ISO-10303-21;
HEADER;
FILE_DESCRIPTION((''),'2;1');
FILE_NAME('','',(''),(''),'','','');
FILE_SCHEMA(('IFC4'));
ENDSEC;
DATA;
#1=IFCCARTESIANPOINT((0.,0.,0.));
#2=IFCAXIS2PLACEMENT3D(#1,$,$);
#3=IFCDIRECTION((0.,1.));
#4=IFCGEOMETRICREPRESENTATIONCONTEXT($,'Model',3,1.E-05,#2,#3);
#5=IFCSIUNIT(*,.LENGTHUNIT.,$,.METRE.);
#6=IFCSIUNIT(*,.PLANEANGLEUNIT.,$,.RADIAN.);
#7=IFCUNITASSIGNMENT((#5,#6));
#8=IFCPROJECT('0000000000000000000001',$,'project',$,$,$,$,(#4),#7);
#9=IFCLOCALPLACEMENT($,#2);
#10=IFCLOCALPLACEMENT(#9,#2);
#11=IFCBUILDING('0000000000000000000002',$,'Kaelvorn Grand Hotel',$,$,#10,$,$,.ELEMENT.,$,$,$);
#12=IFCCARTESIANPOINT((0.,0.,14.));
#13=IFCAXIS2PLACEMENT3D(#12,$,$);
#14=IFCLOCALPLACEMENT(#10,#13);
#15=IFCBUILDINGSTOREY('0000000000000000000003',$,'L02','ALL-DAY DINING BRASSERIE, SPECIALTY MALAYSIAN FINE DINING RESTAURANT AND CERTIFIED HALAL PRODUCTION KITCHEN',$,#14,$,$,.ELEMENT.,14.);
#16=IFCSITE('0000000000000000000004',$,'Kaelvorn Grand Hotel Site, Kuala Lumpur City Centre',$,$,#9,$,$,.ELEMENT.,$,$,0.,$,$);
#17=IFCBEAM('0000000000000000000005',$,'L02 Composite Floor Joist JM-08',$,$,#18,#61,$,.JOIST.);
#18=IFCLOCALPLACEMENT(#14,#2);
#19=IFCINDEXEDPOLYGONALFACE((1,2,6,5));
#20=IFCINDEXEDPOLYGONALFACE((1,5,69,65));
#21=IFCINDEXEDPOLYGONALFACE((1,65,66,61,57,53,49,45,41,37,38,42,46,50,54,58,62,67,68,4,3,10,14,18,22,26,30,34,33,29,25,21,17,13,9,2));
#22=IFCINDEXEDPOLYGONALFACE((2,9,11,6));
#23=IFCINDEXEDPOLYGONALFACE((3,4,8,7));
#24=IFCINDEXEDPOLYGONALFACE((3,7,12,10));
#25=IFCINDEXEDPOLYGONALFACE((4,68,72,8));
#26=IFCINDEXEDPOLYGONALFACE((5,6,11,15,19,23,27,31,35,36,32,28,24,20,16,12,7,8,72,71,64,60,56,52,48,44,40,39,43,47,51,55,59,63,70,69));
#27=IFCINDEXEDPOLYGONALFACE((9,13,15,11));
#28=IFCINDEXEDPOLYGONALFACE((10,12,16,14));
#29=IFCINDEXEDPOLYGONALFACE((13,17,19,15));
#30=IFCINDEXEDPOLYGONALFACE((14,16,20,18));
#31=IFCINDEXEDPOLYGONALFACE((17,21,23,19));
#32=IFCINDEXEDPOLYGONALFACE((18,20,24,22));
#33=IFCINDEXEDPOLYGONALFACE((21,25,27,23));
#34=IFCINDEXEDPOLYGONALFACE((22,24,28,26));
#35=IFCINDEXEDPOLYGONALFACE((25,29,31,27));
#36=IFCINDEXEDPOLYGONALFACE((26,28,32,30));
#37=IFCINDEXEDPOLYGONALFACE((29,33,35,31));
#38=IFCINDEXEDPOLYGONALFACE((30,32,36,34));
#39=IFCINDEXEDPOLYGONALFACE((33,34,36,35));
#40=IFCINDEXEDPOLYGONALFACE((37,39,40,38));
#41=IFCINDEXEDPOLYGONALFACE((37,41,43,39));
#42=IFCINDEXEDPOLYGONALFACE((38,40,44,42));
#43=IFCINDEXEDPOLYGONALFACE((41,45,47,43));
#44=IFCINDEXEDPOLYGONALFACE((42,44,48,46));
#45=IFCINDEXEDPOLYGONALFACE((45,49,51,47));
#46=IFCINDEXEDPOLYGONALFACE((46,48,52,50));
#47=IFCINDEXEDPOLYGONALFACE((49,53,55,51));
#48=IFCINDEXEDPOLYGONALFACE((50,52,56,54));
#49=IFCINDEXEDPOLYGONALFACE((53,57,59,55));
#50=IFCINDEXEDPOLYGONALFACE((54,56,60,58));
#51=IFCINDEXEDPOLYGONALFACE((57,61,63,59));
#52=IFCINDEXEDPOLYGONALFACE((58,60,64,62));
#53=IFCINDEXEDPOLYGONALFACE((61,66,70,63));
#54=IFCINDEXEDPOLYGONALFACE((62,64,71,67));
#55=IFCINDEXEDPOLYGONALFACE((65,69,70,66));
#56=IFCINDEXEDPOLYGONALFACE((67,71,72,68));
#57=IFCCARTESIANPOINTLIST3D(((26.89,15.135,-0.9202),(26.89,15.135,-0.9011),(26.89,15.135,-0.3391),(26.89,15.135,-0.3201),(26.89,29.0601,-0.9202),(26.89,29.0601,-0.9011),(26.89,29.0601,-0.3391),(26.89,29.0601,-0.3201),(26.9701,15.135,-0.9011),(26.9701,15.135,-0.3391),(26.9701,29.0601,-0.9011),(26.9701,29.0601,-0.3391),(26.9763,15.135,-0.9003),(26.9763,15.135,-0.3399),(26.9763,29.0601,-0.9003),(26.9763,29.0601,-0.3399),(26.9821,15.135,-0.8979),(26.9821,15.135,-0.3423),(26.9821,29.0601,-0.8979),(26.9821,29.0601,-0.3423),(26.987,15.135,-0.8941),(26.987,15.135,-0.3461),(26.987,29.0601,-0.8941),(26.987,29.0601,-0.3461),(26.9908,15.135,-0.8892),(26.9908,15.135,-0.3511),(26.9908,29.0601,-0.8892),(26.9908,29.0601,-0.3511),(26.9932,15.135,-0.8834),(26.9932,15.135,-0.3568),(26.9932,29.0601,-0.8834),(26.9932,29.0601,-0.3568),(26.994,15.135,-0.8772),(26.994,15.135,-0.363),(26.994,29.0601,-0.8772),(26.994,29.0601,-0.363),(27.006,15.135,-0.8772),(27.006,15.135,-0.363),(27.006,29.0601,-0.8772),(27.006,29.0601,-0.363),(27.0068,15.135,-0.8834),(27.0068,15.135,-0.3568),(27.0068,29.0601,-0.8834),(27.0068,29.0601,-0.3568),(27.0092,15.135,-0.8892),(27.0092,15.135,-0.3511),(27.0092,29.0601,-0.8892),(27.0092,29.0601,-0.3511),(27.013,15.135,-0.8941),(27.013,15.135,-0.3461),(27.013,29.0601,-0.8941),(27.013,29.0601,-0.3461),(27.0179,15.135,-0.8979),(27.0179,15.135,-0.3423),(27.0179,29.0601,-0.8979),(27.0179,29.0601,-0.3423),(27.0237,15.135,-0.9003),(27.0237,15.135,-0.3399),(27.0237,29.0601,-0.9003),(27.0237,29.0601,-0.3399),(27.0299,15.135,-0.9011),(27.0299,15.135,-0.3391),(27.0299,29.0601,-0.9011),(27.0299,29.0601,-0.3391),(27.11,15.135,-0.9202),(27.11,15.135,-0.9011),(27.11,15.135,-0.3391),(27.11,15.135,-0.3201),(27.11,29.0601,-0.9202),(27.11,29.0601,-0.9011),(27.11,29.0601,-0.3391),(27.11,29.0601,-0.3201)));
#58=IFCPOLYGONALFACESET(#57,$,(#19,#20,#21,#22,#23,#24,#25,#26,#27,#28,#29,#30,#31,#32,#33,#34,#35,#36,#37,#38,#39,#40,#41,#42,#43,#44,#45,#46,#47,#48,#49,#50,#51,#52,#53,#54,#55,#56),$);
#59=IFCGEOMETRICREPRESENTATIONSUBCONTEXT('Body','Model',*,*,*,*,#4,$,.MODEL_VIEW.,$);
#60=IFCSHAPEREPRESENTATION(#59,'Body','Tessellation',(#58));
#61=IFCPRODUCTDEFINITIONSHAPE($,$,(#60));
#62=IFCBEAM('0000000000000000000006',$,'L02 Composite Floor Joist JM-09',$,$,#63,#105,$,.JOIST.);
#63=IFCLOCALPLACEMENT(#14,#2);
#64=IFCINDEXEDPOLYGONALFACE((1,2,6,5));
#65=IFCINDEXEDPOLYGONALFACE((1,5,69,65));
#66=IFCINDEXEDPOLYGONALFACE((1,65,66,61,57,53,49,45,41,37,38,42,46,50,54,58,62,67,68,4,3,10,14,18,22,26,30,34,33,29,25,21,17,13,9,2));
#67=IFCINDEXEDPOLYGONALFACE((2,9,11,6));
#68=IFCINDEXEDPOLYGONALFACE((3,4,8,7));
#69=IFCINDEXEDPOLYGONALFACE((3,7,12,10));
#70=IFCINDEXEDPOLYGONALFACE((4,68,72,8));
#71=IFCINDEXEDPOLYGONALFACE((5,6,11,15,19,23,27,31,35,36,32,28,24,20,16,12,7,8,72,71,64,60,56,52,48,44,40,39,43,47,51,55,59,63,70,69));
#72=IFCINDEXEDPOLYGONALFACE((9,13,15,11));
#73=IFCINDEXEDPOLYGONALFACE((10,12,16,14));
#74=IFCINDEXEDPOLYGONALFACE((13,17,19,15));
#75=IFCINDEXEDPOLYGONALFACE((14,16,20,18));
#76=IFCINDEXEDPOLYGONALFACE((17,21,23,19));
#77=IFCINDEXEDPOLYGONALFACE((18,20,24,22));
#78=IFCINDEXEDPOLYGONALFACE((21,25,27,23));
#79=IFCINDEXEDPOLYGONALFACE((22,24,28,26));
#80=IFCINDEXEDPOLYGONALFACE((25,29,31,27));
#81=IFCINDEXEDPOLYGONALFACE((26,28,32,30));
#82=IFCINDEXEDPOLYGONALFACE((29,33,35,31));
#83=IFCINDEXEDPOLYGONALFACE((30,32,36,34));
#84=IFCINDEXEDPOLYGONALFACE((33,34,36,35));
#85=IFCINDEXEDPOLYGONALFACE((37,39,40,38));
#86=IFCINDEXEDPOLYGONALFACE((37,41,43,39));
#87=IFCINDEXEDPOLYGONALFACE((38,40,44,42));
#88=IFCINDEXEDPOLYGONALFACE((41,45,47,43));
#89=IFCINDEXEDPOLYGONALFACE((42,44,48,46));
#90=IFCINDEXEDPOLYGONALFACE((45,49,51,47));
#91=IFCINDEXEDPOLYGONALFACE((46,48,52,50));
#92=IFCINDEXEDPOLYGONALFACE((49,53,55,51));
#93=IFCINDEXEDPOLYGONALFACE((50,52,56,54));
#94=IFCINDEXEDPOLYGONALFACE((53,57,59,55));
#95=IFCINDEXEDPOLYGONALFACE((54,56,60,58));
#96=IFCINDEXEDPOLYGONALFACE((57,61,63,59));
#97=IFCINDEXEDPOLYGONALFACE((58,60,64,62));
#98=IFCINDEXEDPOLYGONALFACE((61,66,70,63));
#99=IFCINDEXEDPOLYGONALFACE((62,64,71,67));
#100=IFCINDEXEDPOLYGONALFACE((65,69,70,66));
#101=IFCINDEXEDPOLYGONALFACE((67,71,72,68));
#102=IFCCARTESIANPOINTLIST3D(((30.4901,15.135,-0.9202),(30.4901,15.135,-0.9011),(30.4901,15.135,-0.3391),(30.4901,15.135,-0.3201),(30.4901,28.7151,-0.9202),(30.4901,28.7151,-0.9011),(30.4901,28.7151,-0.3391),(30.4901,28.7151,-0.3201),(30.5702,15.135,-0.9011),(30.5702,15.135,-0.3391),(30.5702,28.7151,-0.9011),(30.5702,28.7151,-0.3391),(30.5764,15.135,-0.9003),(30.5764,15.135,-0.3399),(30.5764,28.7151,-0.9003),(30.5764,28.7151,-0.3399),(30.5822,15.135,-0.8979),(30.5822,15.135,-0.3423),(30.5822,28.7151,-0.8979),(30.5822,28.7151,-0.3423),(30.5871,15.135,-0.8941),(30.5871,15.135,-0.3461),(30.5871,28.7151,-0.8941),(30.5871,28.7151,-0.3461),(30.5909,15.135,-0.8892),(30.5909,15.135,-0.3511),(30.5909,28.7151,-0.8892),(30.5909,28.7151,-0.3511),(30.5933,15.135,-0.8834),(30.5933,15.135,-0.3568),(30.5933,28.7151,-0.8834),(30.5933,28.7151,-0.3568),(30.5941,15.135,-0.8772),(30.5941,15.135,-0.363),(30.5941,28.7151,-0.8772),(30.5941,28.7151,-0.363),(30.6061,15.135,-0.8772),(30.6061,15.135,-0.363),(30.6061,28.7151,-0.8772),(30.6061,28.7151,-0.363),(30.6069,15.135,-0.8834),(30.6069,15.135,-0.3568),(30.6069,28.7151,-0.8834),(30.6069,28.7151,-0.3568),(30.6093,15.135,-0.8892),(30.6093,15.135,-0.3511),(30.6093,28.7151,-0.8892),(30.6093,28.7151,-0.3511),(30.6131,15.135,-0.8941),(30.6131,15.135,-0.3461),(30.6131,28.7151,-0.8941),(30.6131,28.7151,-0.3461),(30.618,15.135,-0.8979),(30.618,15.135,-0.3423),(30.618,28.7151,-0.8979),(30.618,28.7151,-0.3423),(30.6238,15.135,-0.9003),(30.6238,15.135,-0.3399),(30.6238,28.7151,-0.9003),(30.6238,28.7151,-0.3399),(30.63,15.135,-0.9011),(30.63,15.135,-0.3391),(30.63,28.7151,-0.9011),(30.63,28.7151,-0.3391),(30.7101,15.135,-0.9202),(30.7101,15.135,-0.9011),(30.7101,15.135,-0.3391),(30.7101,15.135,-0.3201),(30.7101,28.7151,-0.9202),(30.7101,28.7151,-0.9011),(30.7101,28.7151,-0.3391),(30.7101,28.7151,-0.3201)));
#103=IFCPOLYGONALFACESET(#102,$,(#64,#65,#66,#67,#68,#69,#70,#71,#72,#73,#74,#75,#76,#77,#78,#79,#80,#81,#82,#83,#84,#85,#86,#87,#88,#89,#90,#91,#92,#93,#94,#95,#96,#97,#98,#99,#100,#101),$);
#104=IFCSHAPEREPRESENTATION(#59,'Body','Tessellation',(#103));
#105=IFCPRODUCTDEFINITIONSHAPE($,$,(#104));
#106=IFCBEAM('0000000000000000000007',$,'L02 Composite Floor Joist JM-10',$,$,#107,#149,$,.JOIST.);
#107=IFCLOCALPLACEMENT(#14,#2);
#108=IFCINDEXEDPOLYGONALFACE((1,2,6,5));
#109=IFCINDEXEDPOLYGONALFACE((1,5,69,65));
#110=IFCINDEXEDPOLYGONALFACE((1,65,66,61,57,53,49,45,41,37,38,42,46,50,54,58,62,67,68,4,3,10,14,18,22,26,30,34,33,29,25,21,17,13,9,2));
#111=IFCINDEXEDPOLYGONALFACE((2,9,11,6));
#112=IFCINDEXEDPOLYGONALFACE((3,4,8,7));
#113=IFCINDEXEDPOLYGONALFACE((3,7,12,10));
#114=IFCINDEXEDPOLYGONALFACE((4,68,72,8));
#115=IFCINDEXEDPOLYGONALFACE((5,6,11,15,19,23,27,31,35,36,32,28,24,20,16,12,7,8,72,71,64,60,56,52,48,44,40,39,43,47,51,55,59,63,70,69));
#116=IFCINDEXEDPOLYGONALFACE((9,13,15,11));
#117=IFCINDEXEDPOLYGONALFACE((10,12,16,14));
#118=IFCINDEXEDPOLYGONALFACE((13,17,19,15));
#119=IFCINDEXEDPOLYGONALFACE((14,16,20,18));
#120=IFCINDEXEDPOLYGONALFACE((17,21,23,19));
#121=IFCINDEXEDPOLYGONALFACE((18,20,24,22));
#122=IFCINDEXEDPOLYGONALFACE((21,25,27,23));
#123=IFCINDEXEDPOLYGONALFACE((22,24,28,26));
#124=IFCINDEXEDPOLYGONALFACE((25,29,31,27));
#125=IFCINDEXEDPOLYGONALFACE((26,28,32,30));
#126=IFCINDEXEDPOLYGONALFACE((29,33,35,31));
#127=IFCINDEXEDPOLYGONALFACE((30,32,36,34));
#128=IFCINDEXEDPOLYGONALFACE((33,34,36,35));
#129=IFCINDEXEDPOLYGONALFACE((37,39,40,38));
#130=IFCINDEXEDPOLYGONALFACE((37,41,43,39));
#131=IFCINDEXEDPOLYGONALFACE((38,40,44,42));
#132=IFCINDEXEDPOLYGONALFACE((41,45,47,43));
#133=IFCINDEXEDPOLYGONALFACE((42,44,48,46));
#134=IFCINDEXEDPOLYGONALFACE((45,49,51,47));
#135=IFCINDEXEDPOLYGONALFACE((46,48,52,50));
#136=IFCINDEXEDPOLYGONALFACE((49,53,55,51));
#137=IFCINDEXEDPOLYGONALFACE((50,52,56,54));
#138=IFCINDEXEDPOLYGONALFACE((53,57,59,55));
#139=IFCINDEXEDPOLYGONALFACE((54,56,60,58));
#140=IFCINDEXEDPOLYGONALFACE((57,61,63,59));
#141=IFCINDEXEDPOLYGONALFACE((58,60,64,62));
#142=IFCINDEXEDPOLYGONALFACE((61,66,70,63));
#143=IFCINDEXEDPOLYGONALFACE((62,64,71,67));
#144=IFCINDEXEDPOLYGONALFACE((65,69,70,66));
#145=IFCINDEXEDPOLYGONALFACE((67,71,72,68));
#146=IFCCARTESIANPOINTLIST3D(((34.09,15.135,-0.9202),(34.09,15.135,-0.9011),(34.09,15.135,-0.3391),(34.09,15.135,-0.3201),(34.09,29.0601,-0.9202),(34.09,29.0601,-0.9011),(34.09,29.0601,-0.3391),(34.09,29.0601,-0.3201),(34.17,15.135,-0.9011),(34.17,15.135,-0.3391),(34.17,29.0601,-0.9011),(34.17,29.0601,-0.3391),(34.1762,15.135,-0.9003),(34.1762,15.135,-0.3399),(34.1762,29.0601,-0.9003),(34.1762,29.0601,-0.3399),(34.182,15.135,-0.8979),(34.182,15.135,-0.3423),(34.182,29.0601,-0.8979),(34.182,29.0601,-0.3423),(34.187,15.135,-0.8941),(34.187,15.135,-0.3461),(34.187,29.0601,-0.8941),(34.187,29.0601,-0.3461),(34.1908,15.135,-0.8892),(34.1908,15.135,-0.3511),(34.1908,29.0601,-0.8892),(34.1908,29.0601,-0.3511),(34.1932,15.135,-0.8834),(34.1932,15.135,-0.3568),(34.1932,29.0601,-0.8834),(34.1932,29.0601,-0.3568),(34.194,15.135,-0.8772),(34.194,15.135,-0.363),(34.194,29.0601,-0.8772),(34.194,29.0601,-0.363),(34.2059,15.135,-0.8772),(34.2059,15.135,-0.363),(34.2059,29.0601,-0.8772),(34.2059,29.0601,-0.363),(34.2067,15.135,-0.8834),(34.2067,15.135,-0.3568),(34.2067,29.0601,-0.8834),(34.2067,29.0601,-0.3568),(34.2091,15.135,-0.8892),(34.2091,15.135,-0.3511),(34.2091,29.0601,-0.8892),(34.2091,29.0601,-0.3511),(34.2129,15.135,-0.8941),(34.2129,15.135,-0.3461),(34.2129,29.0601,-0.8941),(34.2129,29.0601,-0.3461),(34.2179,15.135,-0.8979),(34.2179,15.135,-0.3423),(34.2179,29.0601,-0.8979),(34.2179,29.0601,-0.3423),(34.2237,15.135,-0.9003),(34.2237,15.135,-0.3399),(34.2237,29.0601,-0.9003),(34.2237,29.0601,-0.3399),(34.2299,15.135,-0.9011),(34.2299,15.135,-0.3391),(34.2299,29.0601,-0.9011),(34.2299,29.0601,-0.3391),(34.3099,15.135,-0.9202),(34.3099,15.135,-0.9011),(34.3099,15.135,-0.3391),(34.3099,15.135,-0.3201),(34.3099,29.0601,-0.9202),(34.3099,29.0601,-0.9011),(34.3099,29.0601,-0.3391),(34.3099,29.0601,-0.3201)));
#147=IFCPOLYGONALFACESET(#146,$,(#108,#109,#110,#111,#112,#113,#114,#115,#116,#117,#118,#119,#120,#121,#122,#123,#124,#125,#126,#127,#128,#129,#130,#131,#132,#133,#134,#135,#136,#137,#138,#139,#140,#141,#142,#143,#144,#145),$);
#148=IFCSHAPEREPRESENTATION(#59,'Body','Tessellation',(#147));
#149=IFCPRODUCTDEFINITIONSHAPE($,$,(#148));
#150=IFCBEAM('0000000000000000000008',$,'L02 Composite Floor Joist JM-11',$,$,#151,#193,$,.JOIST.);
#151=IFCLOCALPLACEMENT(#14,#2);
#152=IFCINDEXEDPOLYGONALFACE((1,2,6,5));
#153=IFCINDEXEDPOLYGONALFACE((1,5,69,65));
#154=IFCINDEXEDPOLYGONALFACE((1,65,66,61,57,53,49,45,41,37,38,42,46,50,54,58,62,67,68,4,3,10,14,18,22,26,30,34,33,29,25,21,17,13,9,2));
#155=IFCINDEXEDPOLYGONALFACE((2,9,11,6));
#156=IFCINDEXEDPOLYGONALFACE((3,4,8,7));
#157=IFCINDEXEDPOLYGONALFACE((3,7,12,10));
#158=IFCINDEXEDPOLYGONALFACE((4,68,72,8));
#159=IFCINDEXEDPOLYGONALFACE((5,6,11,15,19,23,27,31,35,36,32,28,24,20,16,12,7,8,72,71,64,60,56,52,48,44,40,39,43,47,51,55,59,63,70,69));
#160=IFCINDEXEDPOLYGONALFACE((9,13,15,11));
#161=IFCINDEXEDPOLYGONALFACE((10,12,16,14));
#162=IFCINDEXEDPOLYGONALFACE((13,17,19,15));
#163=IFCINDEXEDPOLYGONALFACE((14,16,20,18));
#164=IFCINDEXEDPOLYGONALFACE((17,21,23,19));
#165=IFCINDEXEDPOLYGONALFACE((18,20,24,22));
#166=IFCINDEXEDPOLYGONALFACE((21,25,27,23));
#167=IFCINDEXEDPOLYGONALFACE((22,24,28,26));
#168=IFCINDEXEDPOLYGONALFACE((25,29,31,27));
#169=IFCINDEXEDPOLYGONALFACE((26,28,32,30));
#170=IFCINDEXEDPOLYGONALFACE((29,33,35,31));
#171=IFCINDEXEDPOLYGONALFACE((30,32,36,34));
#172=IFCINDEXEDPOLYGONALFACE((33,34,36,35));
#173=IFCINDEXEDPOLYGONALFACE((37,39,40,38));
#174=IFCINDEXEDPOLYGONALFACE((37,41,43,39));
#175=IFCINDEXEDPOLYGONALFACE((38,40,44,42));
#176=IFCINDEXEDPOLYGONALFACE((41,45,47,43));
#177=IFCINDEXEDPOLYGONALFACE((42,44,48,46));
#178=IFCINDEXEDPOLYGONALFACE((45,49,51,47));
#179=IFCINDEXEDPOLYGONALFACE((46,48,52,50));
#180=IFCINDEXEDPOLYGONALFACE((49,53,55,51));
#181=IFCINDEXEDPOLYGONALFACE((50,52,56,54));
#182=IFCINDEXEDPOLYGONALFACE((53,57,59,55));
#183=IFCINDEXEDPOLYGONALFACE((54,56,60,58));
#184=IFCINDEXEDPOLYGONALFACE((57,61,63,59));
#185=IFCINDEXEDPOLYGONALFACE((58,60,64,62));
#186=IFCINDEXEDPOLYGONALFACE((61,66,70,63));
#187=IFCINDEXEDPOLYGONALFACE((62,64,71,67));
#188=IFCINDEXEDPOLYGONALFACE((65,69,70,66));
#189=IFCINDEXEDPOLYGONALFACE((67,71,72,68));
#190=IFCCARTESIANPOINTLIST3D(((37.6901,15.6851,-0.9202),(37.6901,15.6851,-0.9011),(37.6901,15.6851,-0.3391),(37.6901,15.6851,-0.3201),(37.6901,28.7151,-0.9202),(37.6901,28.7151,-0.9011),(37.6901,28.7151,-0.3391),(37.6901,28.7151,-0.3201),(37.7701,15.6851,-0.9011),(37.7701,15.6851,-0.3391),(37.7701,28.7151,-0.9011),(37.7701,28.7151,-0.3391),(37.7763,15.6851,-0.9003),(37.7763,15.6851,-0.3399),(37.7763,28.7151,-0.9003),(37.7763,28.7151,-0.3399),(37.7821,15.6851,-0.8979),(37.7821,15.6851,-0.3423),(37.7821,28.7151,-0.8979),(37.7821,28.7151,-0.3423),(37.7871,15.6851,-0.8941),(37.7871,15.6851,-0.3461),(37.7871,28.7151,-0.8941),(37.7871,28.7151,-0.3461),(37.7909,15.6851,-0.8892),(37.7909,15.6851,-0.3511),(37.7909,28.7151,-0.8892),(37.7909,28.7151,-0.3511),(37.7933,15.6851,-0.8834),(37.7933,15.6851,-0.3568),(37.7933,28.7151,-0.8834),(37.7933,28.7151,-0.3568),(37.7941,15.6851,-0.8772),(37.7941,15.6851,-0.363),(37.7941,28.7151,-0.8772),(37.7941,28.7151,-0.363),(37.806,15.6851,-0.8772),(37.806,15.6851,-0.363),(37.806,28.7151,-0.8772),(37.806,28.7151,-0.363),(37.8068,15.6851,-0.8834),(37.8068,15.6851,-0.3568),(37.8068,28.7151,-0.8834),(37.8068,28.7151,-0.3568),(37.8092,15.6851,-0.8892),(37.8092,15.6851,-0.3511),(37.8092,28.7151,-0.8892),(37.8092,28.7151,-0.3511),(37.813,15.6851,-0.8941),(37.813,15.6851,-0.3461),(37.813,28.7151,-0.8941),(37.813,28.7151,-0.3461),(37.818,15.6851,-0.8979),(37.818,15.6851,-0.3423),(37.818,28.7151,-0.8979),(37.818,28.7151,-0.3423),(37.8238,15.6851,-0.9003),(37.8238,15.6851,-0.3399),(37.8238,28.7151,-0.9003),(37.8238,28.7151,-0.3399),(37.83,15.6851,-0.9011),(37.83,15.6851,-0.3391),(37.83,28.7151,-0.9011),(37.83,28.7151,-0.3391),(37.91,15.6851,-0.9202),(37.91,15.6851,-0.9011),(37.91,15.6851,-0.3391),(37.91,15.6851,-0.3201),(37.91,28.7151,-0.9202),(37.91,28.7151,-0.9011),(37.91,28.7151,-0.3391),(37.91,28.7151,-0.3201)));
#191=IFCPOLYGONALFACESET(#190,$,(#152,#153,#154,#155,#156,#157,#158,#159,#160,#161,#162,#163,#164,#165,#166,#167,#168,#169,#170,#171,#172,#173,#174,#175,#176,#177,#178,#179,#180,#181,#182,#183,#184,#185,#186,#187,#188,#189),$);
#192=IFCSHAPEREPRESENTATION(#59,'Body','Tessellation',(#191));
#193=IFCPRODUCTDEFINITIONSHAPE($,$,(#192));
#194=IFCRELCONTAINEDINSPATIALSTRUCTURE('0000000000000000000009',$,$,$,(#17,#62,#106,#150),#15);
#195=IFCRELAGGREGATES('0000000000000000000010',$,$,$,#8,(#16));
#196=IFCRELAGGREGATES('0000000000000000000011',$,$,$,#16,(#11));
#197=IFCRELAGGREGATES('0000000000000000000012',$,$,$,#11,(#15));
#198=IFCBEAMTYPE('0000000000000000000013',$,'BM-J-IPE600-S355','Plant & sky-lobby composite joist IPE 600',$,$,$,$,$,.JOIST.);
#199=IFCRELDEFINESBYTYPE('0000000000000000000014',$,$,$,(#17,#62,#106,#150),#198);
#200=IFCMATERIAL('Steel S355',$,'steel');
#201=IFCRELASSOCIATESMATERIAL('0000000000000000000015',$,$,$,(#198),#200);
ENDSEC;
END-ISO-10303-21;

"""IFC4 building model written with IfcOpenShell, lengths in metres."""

from ifc_helpers import new_model, si_unit, direction, frame, origin, origin_2d, place, context, subcontext, project, spatial, i_section, extrude, material, material_profile, profile_set, type_object, element, save


model = new_model("IFC4")

# Units and contexts
model_context = context("Model", 3, precision=1e-05, world=origin(), true_north=direction((0.0, 1.0)))
body_context = subcontext(model_context, "Body", "Model", "MODEL_VIEW")
ifc_project = project(units=[si_unit("LENGTHUNIT", "METRE"), si_unit("PLANEANGLEUNIT", "RADIAN")], contexts=[model_context])

# Site, building, storey
site_placement = place(None, origin())
site = spatial("IfcSite", under=ifc_project, at=site_placement, Name="Kaelvorn Grand Hotel Site, Kuala Lumpur City Centre", CompositionType="ELEMENT", RefElevation=0.0)
building_placement = place(site_placement, origin())
building = spatial("IfcBuilding", under=site, at=building_placement, Name="Kaelvorn Grand Hotel", CompositionType="ELEMENT")
storey_placement = place(building_placement, frame((0.0, 0.0, 14.0)))
storey = spatial("IfcBuildingStorey", under=building, at=storey_placement, Name="L02", Description="ALL-DAY DINING BRASSERIE, SPECIALTY MALAYSIAN FINE DINING RESTAURANT AND CERTIFIED HALAL PRODUCTION KITCHEN", CompositionType="ELEMENT", Elevation=14.0)

# Beams
ifc_material_1 = material(Name="Steel S355", Category="steel")
ifc_material_profile_1 = material_profile(ifc_material_1, i_section(OverallWidth=0.22, OverallDepth=0.6001, WebThickness=0.012, FlangeThickness=0.019, FilletRadius=0.0239, at=origin_2d()), Name="IPE 600")
ifc_profile_set_1 = profile_set([ifc_material_profile_1], Name="Steel S355")
beam_type_1 = type_object("IfcBeamType", Name="BM-J-IPE600-S355", Description="Plant & sky-lobby composite joist IPE 600", PredefinedType="JOIST", material=ifc_profile_set_1)
beam_1_placement = place(storey_placement, frame((27.0, 15.135, -0.6201), z_axis=(0.0, 1.0, 0.0), x_axis=(-1.0, 0.0, 0.0)))
element("IfcBeam", 1, at=beam_1_placement, inside=storey, type_object=beam_type_1, Name="L02 Composite Floor Joist JM-08", PredefinedType="JOIST", context=body_context, shape_type="SweptSolid", body=[
    extrude(i_section(OverallWidth=0.22, OverallDepth=0.6001, WebThickness=0.012, FlangeThickness=0.019, FilletRadius=0.0239, at=origin_2d()), origin(), (0.0, 0.0, 1.0), 13.925),
])
beam_2_placement = place(storey_placement, frame((30.6001, 15.135, -0.6201), z_axis=(0.0, 1.0, 0.0), x_axis=(-1.0, 0.0, 0.0)))
element("IfcBeam", 2, at=beam_2_placement, inside=storey, type_object=beam_type_1, Name="L02 Composite Floor Joist JM-09", PredefinedType="JOIST", context=body_context, shape_type="SweptSolid", body=[
    extrude(i_section(OverallWidth=0.22, OverallDepth=0.6001, WebThickness=0.012, FlangeThickness=0.019, FilletRadius=0.0239, at=origin_2d()), origin(), (0.0, 0.0, 1.0), 13.5801),
])
beam_3_placement = place(storey_placement, frame((34.2, 15.135, -0.6201), z_axis=(0.0, 1.0, 0.0), x_axis=(-1.0, 0.0, 0.0)))
element("IfcBeam", 3, at=beam_3_placement, inside=storey, type_object=beam_type_1, Name="L02 Composite Floor Joist JM-10", PredefinedType="JOIST", context=body_context, shape_type="SweptSolid", body=[
    extrude(i_section(OverallWidth=0.22, OverallDepth=0.6001, WebThickness=0.012, FlangeThickness=0.019, FilletRadius=0.0239, at=origin_2d()), origin(), (0.0, 0.0, 1.0), 13.925),
])
beam_4_placement = place(storey_placement, frame((37.8, 15.6851, -0.6201), z_axis=(0.0, 1.0, 0.0), x_axis=(-1.0, 0.0, 0.0)))
element("IfcBeam", 4, at=beam_4_placement, inside=storey, type_object=beam_type_1, Name="L02 Composite Floor Joist JM-11", PredefinedType="JOIST", context=body_context, shape_type="SweptSolid", body=[
    extrude(i_section(OverallWidth=0.22, OverallDepth=0.6001, WebThickness=0.012, FlangeThickness=0.019, FilletRadius=0.0239, at=origin_2d()), origin(), (0.0, 0.0, 1.0), 13.03),
])

save(model, "model.ifc")
